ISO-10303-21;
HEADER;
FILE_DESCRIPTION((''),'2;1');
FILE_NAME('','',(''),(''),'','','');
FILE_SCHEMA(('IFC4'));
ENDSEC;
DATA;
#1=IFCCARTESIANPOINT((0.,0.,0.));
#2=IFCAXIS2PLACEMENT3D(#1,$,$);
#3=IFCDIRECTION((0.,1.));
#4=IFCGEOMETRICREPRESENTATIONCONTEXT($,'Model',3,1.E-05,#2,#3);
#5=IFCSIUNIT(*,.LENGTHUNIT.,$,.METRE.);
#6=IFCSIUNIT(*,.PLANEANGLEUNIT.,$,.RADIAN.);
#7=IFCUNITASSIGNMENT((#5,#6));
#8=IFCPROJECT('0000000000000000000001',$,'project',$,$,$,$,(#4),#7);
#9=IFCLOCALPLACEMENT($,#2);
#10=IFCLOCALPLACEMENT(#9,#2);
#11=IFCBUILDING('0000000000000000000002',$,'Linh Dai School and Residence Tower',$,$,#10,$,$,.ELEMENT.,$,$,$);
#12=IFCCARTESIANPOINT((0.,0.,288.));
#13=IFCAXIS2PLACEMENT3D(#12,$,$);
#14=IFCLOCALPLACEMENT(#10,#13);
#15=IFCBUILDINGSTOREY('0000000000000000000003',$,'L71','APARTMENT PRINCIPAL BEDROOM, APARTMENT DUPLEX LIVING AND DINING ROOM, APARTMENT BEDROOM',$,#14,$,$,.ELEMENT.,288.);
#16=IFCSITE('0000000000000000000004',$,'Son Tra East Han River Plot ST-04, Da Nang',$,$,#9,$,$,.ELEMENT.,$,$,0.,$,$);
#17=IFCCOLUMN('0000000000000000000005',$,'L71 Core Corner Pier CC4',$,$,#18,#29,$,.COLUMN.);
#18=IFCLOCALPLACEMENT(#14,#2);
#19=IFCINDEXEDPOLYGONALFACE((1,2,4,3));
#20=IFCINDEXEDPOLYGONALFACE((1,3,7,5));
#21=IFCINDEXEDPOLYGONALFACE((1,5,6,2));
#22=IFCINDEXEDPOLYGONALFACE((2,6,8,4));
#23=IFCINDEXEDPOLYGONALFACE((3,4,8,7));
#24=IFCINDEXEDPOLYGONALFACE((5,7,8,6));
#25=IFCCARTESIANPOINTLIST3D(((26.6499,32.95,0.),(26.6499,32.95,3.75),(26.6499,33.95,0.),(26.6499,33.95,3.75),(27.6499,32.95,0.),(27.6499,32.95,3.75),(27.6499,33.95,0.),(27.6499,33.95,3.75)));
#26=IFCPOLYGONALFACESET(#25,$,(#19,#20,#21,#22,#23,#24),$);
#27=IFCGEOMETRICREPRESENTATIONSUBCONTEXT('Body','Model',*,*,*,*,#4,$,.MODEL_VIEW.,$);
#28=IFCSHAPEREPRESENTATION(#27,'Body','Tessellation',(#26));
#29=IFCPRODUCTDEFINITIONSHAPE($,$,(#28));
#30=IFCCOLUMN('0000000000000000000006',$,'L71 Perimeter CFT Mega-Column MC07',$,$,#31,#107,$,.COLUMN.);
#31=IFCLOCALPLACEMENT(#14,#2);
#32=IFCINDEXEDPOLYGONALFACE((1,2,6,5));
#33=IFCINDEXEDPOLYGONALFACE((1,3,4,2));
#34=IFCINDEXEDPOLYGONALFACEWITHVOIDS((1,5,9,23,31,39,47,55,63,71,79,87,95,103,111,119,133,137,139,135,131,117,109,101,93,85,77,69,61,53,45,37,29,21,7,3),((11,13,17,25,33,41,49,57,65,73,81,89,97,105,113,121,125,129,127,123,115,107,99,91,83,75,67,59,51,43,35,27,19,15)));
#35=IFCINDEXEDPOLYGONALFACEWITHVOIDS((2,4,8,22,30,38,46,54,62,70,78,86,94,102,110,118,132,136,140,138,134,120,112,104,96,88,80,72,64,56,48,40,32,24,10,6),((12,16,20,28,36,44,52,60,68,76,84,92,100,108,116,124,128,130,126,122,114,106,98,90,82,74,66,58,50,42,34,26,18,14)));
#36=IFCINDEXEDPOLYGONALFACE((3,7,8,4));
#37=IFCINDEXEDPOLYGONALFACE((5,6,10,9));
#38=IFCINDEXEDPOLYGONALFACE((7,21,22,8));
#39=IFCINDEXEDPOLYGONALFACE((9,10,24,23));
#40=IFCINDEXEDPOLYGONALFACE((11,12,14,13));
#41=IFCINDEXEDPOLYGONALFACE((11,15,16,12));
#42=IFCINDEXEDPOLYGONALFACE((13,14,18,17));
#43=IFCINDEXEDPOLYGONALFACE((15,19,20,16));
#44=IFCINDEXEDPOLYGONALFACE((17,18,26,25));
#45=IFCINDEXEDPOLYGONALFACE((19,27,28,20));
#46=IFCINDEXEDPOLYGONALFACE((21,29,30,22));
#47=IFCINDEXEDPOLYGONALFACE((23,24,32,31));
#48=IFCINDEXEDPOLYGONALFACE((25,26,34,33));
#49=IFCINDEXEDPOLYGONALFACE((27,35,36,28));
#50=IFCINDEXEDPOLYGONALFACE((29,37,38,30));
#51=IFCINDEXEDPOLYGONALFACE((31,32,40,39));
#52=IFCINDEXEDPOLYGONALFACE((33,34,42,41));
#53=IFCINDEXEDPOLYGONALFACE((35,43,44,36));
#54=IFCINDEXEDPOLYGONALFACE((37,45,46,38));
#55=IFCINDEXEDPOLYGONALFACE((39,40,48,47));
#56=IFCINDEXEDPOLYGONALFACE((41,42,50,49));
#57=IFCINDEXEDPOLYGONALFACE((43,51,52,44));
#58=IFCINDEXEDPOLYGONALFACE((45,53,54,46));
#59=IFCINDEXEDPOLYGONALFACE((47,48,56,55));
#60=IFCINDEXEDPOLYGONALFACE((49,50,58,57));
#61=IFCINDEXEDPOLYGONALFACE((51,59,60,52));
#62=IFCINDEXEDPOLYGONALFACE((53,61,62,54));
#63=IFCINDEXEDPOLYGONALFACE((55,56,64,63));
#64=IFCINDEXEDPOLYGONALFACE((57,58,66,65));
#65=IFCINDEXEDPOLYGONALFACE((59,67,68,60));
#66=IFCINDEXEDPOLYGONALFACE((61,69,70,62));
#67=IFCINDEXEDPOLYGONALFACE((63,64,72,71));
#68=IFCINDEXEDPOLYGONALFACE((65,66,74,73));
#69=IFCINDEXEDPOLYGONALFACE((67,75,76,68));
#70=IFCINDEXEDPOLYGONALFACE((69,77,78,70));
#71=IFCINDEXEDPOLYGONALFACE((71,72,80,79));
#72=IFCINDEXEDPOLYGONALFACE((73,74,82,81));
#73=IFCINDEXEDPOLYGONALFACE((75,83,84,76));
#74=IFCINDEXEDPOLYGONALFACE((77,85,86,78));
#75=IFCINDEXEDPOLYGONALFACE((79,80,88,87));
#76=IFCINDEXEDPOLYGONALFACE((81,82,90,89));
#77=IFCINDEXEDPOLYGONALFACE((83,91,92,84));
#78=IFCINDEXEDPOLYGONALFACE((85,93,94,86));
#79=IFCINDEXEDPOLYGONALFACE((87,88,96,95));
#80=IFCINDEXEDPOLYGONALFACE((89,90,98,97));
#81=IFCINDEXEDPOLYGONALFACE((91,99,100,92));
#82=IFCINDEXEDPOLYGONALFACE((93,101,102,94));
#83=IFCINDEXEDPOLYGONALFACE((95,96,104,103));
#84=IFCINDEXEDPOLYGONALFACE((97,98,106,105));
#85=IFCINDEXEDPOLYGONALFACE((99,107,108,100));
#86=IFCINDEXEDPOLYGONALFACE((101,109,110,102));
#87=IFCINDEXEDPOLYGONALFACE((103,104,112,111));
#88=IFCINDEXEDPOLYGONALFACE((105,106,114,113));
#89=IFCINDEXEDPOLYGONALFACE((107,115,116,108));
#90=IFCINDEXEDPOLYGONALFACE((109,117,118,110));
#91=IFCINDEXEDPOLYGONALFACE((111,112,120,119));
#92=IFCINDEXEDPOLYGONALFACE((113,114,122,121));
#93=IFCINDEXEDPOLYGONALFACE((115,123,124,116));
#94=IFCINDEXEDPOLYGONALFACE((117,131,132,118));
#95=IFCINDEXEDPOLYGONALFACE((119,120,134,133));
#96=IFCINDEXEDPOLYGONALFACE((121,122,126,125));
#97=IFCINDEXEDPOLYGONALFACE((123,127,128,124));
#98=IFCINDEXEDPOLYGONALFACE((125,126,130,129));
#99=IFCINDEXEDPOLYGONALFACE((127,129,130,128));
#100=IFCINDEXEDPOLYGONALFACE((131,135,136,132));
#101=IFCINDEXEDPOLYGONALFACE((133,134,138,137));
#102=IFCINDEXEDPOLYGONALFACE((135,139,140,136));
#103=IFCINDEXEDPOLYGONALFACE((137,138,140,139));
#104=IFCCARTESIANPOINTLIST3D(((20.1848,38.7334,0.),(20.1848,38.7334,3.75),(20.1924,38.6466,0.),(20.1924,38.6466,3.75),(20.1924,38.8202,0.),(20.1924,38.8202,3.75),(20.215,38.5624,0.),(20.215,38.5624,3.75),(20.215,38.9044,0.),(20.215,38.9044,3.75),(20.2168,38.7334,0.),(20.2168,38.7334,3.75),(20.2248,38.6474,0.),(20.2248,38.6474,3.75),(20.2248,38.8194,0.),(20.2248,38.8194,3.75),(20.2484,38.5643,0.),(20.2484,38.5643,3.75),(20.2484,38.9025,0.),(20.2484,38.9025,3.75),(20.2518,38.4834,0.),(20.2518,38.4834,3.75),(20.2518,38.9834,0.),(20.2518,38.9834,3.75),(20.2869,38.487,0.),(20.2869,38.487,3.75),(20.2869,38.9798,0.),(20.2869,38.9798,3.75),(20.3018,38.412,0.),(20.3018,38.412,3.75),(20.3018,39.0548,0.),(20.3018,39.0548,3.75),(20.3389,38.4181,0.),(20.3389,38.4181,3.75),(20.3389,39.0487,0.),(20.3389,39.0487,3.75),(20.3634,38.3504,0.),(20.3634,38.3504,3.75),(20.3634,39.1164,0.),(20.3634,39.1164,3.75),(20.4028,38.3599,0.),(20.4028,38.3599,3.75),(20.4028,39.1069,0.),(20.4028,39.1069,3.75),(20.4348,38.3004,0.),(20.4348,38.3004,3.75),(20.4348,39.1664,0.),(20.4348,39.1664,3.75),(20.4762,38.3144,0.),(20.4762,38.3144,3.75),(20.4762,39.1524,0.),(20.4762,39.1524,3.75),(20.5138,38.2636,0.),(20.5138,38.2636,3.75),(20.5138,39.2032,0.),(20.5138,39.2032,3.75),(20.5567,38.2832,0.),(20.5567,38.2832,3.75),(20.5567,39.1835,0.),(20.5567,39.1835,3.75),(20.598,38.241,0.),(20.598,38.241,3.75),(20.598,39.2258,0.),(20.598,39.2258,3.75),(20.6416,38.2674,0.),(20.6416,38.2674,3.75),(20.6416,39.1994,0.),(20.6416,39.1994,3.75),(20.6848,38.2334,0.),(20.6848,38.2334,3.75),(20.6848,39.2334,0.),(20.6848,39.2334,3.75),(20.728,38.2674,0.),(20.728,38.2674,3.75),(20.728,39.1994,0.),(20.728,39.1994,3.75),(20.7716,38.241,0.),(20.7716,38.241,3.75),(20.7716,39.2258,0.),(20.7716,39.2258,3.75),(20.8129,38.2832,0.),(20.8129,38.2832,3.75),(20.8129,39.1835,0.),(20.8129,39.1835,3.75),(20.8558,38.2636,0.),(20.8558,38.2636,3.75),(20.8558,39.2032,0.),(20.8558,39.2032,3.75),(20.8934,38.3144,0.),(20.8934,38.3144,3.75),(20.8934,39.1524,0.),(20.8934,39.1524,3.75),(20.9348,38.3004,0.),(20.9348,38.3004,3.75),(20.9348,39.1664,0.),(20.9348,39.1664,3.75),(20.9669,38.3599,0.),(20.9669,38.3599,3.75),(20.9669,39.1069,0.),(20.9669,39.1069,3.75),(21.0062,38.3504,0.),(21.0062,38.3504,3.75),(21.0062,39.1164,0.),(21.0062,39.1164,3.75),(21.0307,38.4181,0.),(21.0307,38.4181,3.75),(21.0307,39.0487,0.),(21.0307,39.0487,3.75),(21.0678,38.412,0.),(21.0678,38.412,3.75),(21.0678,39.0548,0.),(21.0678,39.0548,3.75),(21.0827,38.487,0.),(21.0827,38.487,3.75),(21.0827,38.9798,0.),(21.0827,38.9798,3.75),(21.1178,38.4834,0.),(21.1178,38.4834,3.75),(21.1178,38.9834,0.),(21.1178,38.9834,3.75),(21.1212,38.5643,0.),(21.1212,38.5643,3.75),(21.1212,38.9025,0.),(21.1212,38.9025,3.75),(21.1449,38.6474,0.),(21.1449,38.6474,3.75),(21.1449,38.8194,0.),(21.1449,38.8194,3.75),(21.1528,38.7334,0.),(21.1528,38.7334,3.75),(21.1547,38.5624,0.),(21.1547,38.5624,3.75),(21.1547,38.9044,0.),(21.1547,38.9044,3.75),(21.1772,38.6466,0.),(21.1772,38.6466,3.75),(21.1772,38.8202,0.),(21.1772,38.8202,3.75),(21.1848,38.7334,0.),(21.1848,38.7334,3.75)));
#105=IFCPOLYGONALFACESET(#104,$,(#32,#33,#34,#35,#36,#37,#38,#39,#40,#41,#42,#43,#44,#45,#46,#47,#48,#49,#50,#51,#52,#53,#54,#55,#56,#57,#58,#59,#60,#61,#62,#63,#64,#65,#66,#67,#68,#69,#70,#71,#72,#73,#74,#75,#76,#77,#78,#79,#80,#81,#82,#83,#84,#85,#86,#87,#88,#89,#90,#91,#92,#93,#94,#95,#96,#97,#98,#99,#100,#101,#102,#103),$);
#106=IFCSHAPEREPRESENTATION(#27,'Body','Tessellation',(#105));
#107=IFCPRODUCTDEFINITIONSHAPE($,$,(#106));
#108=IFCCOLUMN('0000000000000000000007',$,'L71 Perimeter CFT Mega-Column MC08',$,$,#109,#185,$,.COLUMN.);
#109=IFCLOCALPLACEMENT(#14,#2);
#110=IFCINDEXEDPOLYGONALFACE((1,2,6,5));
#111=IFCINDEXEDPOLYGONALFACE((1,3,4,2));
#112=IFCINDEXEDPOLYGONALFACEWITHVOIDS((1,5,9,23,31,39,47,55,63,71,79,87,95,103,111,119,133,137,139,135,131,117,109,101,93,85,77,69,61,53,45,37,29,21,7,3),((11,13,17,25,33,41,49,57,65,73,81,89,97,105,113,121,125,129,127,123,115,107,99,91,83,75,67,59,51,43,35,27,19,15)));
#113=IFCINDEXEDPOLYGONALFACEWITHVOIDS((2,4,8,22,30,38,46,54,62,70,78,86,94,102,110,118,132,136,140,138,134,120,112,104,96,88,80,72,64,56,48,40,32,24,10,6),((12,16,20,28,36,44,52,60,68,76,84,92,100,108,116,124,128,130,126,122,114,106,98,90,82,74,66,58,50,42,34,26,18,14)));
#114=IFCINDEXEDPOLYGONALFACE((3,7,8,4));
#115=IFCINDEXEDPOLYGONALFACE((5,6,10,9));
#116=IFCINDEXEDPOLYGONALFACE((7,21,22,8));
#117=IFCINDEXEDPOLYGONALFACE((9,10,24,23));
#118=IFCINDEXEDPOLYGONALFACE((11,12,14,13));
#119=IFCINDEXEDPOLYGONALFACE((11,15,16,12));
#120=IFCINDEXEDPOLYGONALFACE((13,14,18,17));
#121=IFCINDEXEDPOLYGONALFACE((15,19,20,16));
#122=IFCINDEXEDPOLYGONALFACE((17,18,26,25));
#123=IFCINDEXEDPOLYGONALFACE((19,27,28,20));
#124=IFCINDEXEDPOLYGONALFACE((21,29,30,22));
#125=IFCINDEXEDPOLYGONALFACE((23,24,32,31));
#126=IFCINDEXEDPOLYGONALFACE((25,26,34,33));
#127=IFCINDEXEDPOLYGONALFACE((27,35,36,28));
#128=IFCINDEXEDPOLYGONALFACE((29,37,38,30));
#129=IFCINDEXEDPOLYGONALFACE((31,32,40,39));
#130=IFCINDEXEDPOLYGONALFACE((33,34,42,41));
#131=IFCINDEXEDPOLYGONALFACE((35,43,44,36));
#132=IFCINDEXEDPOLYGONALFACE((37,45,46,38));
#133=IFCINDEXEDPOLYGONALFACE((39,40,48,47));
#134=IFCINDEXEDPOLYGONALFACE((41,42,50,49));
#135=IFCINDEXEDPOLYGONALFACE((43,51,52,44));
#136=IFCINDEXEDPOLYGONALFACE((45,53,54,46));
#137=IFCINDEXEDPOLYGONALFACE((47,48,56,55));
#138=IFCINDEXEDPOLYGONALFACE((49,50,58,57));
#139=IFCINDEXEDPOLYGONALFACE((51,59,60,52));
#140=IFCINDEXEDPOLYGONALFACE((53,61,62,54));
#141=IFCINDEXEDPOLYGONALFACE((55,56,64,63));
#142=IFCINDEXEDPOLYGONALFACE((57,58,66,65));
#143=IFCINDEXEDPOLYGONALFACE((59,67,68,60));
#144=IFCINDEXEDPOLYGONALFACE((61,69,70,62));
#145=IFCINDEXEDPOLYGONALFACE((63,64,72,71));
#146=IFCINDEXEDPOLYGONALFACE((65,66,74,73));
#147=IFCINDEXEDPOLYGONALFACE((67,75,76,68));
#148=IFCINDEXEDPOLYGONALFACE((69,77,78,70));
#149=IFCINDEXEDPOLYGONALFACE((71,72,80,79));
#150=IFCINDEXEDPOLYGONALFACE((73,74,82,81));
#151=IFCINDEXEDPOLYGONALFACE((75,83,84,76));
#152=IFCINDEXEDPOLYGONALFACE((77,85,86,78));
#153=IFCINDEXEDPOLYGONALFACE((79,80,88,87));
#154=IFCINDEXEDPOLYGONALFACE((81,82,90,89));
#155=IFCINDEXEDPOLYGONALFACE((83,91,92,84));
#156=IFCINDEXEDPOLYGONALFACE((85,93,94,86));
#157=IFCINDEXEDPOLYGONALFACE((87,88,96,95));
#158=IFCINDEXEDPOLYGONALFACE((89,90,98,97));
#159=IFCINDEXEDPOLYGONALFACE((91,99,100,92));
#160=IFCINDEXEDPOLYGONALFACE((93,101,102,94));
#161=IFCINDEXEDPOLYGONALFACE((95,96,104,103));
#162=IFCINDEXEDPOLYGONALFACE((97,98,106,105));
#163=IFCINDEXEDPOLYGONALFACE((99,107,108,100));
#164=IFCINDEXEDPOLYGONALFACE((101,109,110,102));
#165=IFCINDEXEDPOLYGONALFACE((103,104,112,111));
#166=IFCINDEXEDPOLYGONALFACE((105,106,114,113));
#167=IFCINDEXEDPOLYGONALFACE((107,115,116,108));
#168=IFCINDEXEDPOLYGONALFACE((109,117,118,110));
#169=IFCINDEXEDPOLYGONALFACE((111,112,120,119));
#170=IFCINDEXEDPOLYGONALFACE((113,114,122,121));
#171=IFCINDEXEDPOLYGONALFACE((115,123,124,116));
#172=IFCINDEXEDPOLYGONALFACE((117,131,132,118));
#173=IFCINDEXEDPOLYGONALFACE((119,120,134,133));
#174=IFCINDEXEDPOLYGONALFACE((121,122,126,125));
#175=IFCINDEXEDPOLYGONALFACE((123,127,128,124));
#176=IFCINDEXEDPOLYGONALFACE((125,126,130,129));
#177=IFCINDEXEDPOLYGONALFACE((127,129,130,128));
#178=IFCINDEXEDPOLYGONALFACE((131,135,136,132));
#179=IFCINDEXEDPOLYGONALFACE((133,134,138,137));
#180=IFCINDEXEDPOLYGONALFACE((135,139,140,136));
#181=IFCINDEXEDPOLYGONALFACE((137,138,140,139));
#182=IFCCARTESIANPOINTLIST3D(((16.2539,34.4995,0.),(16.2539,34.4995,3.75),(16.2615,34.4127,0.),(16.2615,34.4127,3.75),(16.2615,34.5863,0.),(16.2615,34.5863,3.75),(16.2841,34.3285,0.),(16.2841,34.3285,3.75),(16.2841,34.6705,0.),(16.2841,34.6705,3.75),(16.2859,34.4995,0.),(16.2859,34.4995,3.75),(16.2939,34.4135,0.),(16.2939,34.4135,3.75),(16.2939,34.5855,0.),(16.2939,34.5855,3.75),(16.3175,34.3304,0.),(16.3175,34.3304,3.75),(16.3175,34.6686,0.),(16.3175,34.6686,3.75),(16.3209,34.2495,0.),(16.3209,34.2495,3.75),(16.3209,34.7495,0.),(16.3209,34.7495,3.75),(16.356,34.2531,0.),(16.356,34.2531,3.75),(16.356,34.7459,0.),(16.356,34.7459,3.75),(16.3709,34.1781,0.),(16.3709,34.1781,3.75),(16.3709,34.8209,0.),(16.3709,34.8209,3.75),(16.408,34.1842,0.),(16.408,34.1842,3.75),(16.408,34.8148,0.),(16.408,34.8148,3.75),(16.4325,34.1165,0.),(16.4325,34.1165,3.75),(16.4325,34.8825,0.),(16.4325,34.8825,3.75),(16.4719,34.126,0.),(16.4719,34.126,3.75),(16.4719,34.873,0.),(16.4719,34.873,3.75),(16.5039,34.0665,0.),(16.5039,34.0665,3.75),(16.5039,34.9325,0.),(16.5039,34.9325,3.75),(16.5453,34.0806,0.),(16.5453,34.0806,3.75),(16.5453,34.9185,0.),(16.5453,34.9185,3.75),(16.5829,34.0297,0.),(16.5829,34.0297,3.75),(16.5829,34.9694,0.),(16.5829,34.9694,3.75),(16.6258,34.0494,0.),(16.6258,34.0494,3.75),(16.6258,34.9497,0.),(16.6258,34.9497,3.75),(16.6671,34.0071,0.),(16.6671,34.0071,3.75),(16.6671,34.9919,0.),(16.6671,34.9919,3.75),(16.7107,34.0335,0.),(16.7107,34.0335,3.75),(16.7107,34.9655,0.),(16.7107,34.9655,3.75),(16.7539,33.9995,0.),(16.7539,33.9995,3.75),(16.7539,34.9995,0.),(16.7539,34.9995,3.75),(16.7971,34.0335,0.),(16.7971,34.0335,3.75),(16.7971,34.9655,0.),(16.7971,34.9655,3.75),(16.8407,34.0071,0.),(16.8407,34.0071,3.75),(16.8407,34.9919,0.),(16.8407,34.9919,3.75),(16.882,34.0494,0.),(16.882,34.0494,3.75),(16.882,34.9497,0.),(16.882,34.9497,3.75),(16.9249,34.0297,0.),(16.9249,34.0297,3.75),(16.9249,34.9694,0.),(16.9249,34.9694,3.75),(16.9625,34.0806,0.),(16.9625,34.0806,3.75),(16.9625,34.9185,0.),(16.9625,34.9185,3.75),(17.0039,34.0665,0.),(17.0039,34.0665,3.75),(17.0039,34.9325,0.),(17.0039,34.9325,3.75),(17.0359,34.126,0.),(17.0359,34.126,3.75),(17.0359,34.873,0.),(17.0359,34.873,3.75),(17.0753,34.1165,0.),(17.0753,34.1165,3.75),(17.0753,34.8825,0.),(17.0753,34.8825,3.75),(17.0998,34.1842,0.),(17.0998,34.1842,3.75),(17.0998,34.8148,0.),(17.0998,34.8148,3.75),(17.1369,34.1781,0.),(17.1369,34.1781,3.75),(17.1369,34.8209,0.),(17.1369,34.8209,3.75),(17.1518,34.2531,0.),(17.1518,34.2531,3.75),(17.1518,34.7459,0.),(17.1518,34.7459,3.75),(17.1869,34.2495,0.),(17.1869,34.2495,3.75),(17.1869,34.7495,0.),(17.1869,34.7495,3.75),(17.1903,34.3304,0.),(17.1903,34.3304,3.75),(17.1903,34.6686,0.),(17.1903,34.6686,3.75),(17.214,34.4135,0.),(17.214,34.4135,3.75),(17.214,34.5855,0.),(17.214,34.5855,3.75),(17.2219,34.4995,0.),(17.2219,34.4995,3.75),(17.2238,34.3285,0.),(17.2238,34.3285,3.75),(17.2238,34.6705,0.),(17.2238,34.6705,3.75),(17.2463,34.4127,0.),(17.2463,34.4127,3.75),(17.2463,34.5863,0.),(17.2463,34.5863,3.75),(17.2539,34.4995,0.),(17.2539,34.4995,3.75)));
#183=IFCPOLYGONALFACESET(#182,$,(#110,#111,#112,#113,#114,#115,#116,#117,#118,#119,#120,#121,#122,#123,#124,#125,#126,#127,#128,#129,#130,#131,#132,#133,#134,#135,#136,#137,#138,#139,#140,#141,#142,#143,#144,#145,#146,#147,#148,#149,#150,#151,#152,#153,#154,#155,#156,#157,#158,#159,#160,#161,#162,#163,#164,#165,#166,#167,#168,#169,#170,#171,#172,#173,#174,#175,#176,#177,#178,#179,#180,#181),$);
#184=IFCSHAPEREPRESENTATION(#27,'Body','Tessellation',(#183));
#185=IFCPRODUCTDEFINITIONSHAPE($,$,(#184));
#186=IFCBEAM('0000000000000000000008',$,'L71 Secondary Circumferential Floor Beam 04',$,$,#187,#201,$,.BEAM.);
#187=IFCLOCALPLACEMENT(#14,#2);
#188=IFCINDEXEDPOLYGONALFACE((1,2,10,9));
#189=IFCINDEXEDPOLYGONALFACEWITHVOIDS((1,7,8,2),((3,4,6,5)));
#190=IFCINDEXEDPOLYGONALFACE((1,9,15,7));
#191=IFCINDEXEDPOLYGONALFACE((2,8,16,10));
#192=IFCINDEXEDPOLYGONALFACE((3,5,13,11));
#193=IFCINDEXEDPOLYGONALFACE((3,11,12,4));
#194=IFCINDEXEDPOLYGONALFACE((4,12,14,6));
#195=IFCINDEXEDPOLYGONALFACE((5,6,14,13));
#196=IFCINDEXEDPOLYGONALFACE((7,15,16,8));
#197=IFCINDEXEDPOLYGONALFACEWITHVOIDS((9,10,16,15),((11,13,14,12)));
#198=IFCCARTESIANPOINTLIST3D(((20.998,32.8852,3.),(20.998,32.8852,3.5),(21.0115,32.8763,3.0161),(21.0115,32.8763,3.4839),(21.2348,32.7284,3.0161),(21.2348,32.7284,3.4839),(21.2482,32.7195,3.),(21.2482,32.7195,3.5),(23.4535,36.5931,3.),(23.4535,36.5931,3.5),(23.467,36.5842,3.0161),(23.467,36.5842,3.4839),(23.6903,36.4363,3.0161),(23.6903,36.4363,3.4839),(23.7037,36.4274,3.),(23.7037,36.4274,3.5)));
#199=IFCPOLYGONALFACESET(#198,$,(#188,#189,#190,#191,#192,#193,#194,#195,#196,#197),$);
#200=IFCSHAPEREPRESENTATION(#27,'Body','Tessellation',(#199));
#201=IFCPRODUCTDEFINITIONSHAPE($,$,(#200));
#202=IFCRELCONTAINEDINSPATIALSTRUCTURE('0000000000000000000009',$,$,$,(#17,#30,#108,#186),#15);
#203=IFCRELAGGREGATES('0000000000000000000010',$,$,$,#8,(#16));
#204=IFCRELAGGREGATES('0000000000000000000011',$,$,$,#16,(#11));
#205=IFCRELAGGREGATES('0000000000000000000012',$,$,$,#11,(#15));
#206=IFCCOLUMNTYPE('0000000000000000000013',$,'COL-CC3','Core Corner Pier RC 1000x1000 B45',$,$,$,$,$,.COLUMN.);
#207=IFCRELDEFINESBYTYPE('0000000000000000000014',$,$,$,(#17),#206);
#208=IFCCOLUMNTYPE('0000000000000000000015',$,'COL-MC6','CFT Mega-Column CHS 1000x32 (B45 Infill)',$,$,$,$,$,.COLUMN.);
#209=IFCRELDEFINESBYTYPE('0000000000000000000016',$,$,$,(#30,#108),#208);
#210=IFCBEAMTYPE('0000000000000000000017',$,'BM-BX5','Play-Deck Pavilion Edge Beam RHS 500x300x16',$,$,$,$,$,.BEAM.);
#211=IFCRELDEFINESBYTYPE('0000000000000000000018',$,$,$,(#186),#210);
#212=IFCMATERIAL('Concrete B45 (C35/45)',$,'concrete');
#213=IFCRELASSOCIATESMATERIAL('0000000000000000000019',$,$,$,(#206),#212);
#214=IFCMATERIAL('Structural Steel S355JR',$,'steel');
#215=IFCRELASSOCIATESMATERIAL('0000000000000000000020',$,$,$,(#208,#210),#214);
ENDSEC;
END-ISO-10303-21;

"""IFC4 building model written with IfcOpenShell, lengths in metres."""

from ifc_helpers import new_model, si_unit, direction, frame, origin, origin_2d, place, context, subcontext, project, spatial, rectangle, hollow_rectangle, hollow_circle, extrude, material, material_profile, profile_set, type_object, element, save


model = new_model("IFC4")

# Units and contexts
model_context = context("Model", 3, precision=1e-05, world=origin(), true_north=direction((0.0, 1.0)))
body_context = subcontext(model_context, "Body", "Model", "MODEL_VIEW")
ifc_project = project(units=[si_unit("LENGTHUNIT", "METRE"), si_unit("PLANEANGLEUNIT", "RADIAN")], contexts=[model_context])

# Site, building, storey
site_placement = place(None, origin())
site = spatial("IfcSite", under=ifc_project, at=site_placement, Name="Son Tra East Han River Plot ST-04, Da Nang", CompositionType="ELEMENT", RefElevation=0.0)
building_placement = place(site_placement, origin())
building = spatial("IfcBuilding", under=site, at=building_placement, Name="Linh Dai School and Residence Tower", CompositionType="ELEMENT")
storey_placement = place(building_placement, frame((0.0, 0.0, 288.0)))
storey = spatial("IfcBuildingStorey", under=building, at=storey_placement, Name="L71", Description="APARTMENT PRINCIPAL BEDROOM, APARTMENT DUPLEX LIVING AND DINING ROOM, APARTMENT BEDROOM", CompositionType="ELEMENT", Elevation=288.0)

# Columns
ifc_material_1 = material(Name="Concrete B45 (C35/45)", Category="concrete")
ifc_material_profile_1 = material_profile(ifc_material_1, rectangle(XDim=1.0, YDim=1.0, at=origin_2d()), Name="RC 1000x1000")
ifc_profile_set_1 = profile_set([ifc_material_profile_1], Name="Concrete B45 (C35/45)")
column_type_1 = type_object("IfcColumnType", Name="COL-CC3", Description="Core Corner Pier RC 1000x1000 B45", PredefinedType="COLUMN", material=ifc_profile_set_1)
column_placement = place(storey_placement, frame((27.1499, 33.45, 0.0), z_axis=(0.0, 0.0, 1.0), x_axis=(1.0, 0.0, 0.0)))
element("IfcColumn", 1, at=column_placement, inside=storey, type_object=column_type_1, Name="L71 Core Corner Pier CC4", PredefinedType="COLUMN", context=body_context, shape_type="SweptSolid", body=[
    extrude(rectangle(XDim=1.0, YDim=1.0, at=origin_2d()), origin(), (0.0, 0.0, 1.0), 3.75),
])
ifc_material_2 = material(Name="Structural Steel S355JR", Category="steel")
ifc_material_profile_2 = material_profile(ifc_material_2, hollow_circle(Radius=0.5, WallThickness=0.032, at=origin_2d()), Name="CHS 1000x32")
ifc_profile_set_2 = profile_set([ifc_material_profile_2], Name="Structural Steel S355JR")
column_type_2 = type_object("IfcColumnType", Name="COL-MC6", Description="CFT Mega-Column CHS 1000x32 (B45 Infill)", PredefinedType="COLUMN", material=ifc_profile_set_2)
for number, where, z_axis, x_axis, name in (
    (2, (20.6848, 38.7334, 0.0), (0.0, 0.0, 1.0), (1.0, 0.0, 0.0), "L71 Perimeter CFT Mega-Column MC07"),
    (3, (16.7539, 34.4995, 0.0), (0.0, 0.0, 1.0), (1.0, 0.0, 0.0), "L71 Perimeter CFT Mega-Column MC08"),
):
    element("IfcColumn", number, at=place(storey_placement, frame(where, z_axis=z_axis, x_axis=x_axis)), inside=storey, type_object=column_type_2, Name=name, PredefinedType="COLUMN", context=body_context, shape_type="SweptSolid", body=[
        extrude(hollow_circle(Radius=0.5, WallThickness=0.032, at=origin_2d()), origin(), (0.0, 0.0, 1.0), 3.75),
    ])

# Beam
ifc_material_profile_3 = material_profile(ifc_material_2, hollow_rectangle(XDim=0.3, YDim=0.5, WallThickness=0.0161, at=origin_2d()), Name="RHS 500x300x16")
ifc_profile_set_3 = profile_set([ifc_material_profile_3], Name="Structural Steel S355JR")
beam_type_1 = type_object("IfcBeamType", Name="BM-BX5", Description="Play-Deck Pavilion Edge Beam RHS 500x300x16", PredefinedType="BEAM", material=ifc_profile_set_3)
beam_1_placement = place(storey_placement, frame((23.5786, 36.5103, 3.25), z_axis=(-0.552139, -0.833752, 0.0), x_axis=(0.833752, -0.552139, 0.0)))
element("IfcBeam", 4, at=beam_1_placement, inside=storey, type_object=beam_type_1, Name="L71 Secondary Circumferential Floor Beam 04", PredefinedType="BEAM", context=body_context, shape_type="SweptSolid", body=[
    extrude(hollow_rectangle(XDim=0.3, YDim=0.5, WallThickness=0.0161, at=origin_2d()), origin(), (0.0, 0.0, 1.0), 4.4473),
])

save(model, "model.ifc")
